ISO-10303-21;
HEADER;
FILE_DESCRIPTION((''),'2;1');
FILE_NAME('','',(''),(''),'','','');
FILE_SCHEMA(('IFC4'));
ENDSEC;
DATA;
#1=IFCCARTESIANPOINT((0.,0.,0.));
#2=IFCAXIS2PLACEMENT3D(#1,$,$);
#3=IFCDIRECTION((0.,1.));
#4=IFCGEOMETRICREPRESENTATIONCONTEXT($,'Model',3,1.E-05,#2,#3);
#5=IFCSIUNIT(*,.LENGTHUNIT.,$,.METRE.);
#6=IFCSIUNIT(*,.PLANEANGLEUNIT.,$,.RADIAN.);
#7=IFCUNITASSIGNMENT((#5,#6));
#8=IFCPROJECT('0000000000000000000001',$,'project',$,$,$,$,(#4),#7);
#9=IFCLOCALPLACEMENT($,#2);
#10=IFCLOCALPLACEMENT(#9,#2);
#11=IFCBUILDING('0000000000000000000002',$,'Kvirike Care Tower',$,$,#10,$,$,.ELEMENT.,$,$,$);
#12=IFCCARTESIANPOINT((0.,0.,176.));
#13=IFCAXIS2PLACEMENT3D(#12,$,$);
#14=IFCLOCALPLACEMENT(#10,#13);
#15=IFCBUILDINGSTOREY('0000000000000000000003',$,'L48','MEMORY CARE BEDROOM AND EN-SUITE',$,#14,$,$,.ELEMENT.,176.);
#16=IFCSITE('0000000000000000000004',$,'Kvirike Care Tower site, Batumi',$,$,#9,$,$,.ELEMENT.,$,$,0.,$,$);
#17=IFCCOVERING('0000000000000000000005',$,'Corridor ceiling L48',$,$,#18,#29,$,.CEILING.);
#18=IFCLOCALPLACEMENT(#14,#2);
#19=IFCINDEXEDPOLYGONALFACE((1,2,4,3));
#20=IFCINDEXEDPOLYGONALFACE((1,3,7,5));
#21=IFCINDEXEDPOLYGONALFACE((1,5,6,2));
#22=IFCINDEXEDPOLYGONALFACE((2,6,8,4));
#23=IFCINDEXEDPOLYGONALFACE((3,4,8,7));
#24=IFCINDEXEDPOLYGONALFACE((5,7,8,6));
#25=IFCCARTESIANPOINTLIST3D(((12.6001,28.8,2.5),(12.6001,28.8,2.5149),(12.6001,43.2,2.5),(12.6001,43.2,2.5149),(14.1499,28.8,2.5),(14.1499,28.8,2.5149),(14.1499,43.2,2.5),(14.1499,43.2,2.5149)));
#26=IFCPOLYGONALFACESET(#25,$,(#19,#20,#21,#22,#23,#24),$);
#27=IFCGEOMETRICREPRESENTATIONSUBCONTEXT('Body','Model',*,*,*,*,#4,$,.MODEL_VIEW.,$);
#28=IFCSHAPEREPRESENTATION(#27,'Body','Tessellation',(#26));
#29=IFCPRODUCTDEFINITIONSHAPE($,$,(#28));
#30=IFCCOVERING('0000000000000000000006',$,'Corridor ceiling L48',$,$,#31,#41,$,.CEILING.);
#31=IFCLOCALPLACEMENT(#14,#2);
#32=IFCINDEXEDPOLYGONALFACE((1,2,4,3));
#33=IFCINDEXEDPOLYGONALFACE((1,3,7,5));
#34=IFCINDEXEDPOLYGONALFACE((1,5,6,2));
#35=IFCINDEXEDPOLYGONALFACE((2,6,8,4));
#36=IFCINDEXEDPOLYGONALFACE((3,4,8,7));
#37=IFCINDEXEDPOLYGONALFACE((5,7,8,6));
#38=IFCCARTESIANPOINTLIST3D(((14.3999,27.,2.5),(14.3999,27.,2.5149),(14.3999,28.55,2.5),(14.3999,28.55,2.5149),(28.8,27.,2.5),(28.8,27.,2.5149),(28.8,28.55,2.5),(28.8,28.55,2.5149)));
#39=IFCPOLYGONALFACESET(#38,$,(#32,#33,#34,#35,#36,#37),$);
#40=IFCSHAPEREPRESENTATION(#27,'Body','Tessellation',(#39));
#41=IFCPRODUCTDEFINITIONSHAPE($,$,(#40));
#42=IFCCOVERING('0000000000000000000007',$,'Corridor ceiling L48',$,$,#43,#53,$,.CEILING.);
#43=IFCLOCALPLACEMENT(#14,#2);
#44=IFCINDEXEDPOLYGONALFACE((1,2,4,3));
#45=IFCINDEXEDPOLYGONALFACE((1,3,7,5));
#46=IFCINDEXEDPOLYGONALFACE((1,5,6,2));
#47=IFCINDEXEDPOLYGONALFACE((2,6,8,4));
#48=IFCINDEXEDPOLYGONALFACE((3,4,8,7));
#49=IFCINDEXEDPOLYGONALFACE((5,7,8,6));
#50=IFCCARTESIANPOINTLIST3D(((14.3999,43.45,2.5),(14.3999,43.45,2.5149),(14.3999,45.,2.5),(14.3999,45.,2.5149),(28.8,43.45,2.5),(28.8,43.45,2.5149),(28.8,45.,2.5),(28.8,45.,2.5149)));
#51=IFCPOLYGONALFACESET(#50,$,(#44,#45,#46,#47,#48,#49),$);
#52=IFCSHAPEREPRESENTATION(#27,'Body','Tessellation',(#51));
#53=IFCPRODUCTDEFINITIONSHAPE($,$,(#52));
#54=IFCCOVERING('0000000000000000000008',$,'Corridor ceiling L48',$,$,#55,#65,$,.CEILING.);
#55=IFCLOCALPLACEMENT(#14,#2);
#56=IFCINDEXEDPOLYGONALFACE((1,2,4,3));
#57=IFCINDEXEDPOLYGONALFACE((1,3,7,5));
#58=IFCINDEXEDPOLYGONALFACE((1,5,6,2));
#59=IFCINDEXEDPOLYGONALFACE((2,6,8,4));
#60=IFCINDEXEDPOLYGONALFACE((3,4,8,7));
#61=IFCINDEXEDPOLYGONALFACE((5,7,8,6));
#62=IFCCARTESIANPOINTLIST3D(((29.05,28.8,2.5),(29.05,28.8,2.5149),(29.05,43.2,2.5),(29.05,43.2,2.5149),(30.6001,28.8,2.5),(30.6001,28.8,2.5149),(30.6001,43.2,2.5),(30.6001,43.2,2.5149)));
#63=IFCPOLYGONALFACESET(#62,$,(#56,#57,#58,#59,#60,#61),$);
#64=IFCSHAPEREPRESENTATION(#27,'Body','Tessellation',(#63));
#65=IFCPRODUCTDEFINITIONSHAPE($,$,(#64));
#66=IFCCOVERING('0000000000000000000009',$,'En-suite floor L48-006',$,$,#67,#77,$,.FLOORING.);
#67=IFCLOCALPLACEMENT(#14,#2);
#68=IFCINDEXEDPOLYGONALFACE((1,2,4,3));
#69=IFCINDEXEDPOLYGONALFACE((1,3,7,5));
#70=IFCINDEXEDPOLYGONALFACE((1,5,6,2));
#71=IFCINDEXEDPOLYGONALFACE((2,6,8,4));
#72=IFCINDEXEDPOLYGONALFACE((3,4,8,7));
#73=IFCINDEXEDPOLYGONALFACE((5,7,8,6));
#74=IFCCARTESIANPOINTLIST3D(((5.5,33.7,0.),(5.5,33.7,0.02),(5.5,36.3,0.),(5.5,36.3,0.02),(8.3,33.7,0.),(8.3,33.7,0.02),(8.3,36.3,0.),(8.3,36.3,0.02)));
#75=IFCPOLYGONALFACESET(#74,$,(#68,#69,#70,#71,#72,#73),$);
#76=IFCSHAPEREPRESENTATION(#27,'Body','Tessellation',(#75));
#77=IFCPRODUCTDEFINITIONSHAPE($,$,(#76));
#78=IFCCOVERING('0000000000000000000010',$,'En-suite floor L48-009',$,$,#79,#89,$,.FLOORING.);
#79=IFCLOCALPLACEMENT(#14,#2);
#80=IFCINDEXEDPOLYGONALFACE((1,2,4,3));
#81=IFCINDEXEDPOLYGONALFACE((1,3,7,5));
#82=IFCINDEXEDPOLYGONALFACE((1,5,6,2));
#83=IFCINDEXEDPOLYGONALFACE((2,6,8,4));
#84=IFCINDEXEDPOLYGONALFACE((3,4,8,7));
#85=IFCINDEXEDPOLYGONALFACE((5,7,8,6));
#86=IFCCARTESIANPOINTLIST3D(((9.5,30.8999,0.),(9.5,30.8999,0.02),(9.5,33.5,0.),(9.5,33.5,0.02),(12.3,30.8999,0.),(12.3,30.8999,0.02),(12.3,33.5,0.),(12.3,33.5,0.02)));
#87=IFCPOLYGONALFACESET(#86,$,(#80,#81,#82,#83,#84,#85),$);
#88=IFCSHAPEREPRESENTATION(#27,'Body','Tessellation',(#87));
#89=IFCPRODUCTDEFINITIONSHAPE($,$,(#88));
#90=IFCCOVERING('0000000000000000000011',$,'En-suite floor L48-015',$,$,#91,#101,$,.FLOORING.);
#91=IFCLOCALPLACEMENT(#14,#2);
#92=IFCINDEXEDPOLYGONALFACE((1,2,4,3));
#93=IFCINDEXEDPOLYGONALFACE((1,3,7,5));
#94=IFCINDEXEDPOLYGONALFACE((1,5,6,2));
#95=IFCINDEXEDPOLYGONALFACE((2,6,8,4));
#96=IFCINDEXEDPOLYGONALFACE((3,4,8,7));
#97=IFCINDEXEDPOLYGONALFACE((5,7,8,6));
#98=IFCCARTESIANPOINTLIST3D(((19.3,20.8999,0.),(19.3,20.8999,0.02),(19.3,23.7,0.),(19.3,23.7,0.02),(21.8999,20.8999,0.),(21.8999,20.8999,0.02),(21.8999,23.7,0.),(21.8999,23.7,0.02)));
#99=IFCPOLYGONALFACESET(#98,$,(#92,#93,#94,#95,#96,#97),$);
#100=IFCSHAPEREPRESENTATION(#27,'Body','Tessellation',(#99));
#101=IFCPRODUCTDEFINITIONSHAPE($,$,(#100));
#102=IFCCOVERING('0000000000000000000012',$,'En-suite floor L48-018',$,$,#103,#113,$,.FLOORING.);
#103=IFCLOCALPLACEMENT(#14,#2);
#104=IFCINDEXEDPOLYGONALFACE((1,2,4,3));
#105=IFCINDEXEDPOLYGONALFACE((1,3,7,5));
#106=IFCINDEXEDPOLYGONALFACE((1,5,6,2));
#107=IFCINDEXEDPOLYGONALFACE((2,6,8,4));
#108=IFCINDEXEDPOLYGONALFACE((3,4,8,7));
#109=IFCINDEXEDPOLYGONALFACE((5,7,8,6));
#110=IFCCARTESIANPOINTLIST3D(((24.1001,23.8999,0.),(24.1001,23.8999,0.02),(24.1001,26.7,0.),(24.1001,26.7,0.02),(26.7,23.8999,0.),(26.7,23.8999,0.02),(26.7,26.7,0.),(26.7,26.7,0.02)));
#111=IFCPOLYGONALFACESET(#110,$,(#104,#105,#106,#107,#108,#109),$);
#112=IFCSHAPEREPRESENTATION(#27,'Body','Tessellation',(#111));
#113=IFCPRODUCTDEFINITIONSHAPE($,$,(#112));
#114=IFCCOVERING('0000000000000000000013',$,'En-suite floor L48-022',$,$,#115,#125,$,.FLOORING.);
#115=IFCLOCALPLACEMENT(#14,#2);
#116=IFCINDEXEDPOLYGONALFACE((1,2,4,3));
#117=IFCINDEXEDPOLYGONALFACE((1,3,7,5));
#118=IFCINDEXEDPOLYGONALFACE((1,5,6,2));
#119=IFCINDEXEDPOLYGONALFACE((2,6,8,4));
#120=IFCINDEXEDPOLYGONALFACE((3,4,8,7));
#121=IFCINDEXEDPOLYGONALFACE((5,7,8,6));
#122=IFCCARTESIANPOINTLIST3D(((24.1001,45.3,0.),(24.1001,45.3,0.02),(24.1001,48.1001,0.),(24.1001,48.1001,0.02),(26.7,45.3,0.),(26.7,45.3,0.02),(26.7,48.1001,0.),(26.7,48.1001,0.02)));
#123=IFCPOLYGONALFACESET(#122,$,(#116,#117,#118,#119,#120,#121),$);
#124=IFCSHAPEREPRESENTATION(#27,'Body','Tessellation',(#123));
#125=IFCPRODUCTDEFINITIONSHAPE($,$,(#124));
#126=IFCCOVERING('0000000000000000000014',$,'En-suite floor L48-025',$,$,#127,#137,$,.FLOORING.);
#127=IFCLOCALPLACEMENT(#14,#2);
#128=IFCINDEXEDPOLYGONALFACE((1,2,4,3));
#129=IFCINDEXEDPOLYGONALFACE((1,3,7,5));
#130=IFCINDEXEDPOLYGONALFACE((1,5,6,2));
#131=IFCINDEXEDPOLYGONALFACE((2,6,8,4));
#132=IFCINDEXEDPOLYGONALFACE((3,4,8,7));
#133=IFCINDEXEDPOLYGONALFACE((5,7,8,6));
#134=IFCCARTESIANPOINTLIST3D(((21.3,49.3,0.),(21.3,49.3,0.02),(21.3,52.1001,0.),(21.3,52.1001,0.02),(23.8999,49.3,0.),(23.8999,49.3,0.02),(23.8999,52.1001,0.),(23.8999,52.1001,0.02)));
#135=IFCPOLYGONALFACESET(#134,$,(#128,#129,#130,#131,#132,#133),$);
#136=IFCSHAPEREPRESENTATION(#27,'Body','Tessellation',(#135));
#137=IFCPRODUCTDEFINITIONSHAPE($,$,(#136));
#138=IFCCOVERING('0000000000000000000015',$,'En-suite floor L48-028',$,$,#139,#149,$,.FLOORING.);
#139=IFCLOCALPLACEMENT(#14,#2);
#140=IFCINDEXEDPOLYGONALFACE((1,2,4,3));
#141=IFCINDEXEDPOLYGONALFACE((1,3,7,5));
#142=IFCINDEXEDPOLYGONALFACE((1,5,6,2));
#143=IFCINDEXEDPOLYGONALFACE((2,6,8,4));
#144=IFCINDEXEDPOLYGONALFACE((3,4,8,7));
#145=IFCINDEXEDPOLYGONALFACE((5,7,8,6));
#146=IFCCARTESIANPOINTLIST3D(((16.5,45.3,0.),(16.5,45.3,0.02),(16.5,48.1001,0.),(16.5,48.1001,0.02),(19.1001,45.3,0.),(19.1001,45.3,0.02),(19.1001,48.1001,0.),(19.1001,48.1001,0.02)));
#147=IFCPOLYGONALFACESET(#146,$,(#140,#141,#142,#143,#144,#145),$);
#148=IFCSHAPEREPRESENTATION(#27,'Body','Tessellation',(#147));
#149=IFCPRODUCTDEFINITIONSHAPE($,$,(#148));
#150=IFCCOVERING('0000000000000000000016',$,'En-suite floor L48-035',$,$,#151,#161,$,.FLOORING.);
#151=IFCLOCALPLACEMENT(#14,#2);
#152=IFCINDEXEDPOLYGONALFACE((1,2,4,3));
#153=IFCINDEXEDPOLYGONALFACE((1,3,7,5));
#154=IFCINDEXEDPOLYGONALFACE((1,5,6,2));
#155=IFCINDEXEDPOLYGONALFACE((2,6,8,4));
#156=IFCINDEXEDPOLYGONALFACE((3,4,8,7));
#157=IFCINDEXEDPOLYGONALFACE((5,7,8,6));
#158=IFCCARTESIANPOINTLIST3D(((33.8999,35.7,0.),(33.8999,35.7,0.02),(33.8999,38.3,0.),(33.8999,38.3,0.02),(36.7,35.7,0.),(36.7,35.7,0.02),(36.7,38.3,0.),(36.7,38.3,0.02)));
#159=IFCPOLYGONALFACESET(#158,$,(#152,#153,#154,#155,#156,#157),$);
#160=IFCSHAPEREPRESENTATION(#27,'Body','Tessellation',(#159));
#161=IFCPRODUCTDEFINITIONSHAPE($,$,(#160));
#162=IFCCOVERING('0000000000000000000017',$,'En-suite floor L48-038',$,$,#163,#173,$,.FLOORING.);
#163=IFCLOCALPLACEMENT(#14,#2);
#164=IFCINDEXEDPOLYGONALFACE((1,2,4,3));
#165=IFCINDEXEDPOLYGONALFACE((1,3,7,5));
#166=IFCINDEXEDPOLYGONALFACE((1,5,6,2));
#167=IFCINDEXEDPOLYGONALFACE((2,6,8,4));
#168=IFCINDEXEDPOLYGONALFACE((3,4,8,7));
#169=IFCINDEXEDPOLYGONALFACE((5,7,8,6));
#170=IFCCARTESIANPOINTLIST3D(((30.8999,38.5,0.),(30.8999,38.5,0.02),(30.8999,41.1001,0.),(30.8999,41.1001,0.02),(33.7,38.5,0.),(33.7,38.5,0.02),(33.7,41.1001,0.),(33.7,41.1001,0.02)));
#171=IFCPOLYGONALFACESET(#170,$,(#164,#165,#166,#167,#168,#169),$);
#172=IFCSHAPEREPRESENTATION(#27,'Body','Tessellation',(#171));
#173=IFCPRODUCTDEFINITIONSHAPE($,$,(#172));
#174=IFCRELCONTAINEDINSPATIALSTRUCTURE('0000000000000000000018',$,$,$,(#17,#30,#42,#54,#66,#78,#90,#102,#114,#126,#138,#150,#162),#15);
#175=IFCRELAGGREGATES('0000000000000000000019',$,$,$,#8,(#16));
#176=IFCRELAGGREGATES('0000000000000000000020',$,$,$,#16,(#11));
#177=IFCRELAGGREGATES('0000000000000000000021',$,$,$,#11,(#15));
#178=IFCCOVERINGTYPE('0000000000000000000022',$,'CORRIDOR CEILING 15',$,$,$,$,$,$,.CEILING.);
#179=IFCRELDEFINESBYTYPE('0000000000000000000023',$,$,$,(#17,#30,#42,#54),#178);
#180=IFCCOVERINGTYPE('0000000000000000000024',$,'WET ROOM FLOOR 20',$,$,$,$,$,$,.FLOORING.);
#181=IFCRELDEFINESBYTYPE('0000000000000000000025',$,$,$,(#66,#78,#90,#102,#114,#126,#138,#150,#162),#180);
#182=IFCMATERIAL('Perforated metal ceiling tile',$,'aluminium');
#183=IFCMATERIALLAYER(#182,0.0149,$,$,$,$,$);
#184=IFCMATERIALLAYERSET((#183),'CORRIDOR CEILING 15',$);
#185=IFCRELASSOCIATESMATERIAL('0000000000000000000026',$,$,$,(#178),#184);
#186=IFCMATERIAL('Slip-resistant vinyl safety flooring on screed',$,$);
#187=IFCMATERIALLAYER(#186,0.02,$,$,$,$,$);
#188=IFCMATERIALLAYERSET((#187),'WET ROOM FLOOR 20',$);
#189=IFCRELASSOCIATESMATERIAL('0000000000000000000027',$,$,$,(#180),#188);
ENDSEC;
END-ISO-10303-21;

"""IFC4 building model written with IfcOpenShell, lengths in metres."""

from ifc_helpers import new_model, si_unit, direction, frame, origin, place, context, subcontext, project, spatial, polyline, outline, extrude, material, layer, layer_set, type_object, element, save


model = new_model("IFC4")

# Units and contexts
model_context = context("Model", 3, precision=1e-05, world=origin(), true_north=direction((0.0, 1.0)))
body_context = subcontext(model_context, "Body", "Model", "MODEL_VIEW")
ifc_project = project(units=[si_unit("LENGTHUNIT", "METRE"), si_unit("PLANEANGLEUNIT", "RADIAN")], contexts=[model_context])

# Site, building, storey
site_placement = place(None, origin())
site = spatial("IfcSite", under=ifc_project, at=site_placement, Name="Kvirike Care Tower site, Batumi", CompositionType="ELEMENT", RefElevation=0.0)
building_placement = place(site_placement, origin())
building = spatial("IfcBuilding", under=site, at=building_placement, Name="Kvirike Care Tower", CompositionType="ELEMENT")
storey_placement = place(building_placement, frame((0.0, 0.0, 176.0)))
storey = spatial("IfcBuildingStorey", under=building, at=storey_placement, Name="L48", Description="MEMORY CARE BEDROOM AND EN-SUITE", CompositionType="ELEMENT", Elevation=176.0)

# Coverings
ifc_material_1 = material(Name="Perforated metal ceiling tile", Category="aluminium")
ifc_layer_1 = layer(ifc_material_1, 0.0149)
ifc_layer_set_1 = layer_set([ifc_layer_1], Name="CORRIDOR CEILING 15")
covering_type_1 = type_object("IfcCoveringType", Name="CORRIDOR CEILING 15", PredefinedType="CEILING", material=ifc_layer_set_1)
covering_1_placement = place(storey_placement, frame((0.0, 0.0, 2.5)))
element("IfcCovering", 1, at=covering_1_placement, inside=storey, type_object=covering_type_1, Name="Corridor ceiling L48", PredefinedType="CEILING", context=body_context, shape_type="SweptSolid", body=[
    extrude(outline(polyline([(12.6001, 43.2), (14.1499, 43.2), (14.1499, 28.8), (12.6001, 28.8), (12.6001, 43.2)])), origin(), (0.0, 0.0, 1.0), 0.0149),
])
covering_2_placement = place(storey_placement, frame((0.0, 0.0, 2.5)))
element("IfcCovering", 2, at=covering_2_placement, inside=storey, type_object=covering_type_1, Name="Corridor ceiling L48", PredefinedType="CEILING", context=body_context, shape_type="SweptSolid", body=[
    extrude(outline(polyline([(14.3999, 27.0), (14.3999, 28.55), (28.8, 28.55), (28.8, 27.0), (14.3999, 27.0)])), origin(), (0.0, 0.0, 1.0), 0.0149),
])
covering_3_placement = place(storey_placement, frame((0.0, 0.0, 2.5)))
element("IfcCovering", 3, at=covering_3_placement, inside=storey, type_object=covering_type_1, Name="Corridor ceiling L48", PredefinedType="CEILING", context=body_context, shape_type="SweptSolid", body=[
    extrude(outline(polyline([(28.8, 45.0), (28.8, 43.45), (14.3999, 43.45), (14.3999, 45.0), (28.8, 45.0)])), origin(), (0.0, 0.0, 1.0), 0.0149),
])
covering_4_placement = place(storey_placement, frame((0.0, 0.0, 2.5)))
element("IfcCovering", 4, at=covering_4_placement, inside=storey, type_object=covering_type_1, Name="Corridor ceiling L48", PredefinedType="CEILING", context=body_context, shape_type="SweptSolid", body=[
    extrude(outline(polyline([(30.6001, 28.8), (29.05, 28.8), (29.05, 43.2), (30.6001, 43.2), (30.6001, 28.8)])), origin(), (0.0, 0.0, 1.0), 0.0149),
])
ifc_material_2 = material(Name="Slip-resistant vinyl safety flooring on screed")
ifc_layer_2 = layer(ifc_material_2, 0.02)
ifc_layer_set_2 = layer_set([ifc_layer_2], Name="WET ROOM FLOOR 20")
covering_type_2 = type_object("IfcCoveringType", Name="WET ROOM FLOOR 20", PredefinedType="FLOORING", material=ifc_layer_set_2)
covering_5_placement = place(storey_placement, origin())
element("IfcCovering", 5, at=covering_5_placement, inside=storey, type_object=covering_type_2, Name="En-suite floor L48-006", PredefinedType="FLOORING", context=body_context, shape_type="SweptSolid", body=[
    extrude(outline(polyline([(5.5, 36.3), (8.3, 36.3), (8.3, 33.7), (5.5, 33.7), (5.5, 36.3)])), origin(), (0.0, 0.0, 1.0), 0.02),
])
covering_6_placement = place(storey_placement, origin())
element("IfcCovering", 6, at=covering_6_placement, inside=storey, type_object=covering_type_2, Name="En-suite floor L48-009", PredefinedType="FLOORING", context=body_context, shape_type="SweptSolid", body=[
    extrude(outline(polyline([(9.5, 33.5), (12.3, 33.5), (12.3, 30.8999), (9.5, 30.8999), (9.5, 33.5)])), origin(), (0.0, 0.0, 1.0), 0.02),
])
covering_7_placement = place(storey_placement, origin())
element("IfcCovering", 7, at=covering_7_placement, inside=storey, type_object=covering_type_2, Name="En-suite floor L48-015", PredefinedType="FLOORING", context=body_context, shape_type="SweptSolid", body=[
    extrude(outline(polyline([(19.3, 20.8999), (19.3, 23.7), (21.8999, 23.7), (21.8999, 20.8999), (19.3, 20.8999)])), origin(), (0.0, 0.0, 1.0), 0.02),
])
covering_8_placement = place(storey_placement, origin())
element("IfcCovering", 8, at=covering_8_placement, inside=storey, type_object=covering_type_2, Name="En-suite floor L48-018", PredefinedType="FLOORING", context=body_context, shape_type="SweptSolid", body=[
    extrude(outline(polyline([(24.1001, 23.8999), (24.1001, 26.7), (26.7, 26.7), (26.7, 23.8999), (24.1001, 23.8999)])), origin(), (0.0, 0.0, 1.0), 0.02),
])
covering_9_placement = place(storey_placement, origin())
element("IfcCovering", 9, at=covering_9_placement, inside=storey, type_object=covering_type_2, Name="En-suite floor L48-022", PredefinedType="FLOORING", context=body_context, shape_type="SweptSolid", body=[
    extrude(outline(polyline([(26.7, 48.1001), (26.7, 45.3), (24.1001, 45.3), (24.1001, 48.1001), (26.7, 48.1001)])), origin(), (0.0, 0.0, 1.0), 0.02),
])
covering_10_placement = place(storey_placement, origin())
element("IfcCovering", 10, at=covering_10_placement, inside=storey, type_object=covering_type_2, Name="En-suite floor L48-025", PredefinedType="FLOORING", context=body_context, shape_type="SweptSolid", body=[
    extrude(outline(polyline([(23.8999, 52.1001), (23.8999, 49.3), (21.3, 49.3), (21.3, 52.1001), (23.8999, 52.1001)])), origin(), (0.0, 0.0, 1.0), 0.02),
])
covering_11_placement = place(storey_placement, origin())
element("IfcCovering", 11, at=covering_11_placement, inside=storey, type_object=covering_type_2, Name="En-suite floor L48-028", PredefinedType="FLOORING", context=body_context, shape_type="SweptSolid", body=[
    extrude(outline(polyline([(19.1001, 48.1001), (19.1001, 45.3), (16.5, 45.3), (16.5, 48.1001), (19.1001, 48.1001)])), origin(), (0.0, 0.0, 1.0), 0.02),
])
covering_12_placement = place(storey_placement, origin())
element("IfcCovering", 12, at=covering_12_placement, inside=storey, type_object=covering_type_2, Name="En-suite floor L48-035", PredefinedType="FLOORING", context=body_context, shape_type="SweptSolid", body=[
    extrude(outline(polyline([(36.7, 35.7), (33.8999, 35.7), (33.8999, 38.3), (36.7, 38.3), (36.7, 35.7)])), origin(), (0.0, 0.0, 1.0), 0.02),
])
covering_13_placement = place(storey_placement, origin())
element("IfcCovering", 13, at=covering_13_placement, inside=storey, type_object=covering_type_2, Name="En-suite floor L48-038", PredefinedType="FLOORING", context=body_context, shape_type="SweptSolid", body=[
    extrude(outline(polyline([(33.7, 38.5), (30.8999, 38.5), (30.8999, 41.1001), (33.7, 41.1001), (33.7, 38.5)])), origin(), (0.0, 0.0, 1.0), 0.02),
])

save(model, "model.ifc")
